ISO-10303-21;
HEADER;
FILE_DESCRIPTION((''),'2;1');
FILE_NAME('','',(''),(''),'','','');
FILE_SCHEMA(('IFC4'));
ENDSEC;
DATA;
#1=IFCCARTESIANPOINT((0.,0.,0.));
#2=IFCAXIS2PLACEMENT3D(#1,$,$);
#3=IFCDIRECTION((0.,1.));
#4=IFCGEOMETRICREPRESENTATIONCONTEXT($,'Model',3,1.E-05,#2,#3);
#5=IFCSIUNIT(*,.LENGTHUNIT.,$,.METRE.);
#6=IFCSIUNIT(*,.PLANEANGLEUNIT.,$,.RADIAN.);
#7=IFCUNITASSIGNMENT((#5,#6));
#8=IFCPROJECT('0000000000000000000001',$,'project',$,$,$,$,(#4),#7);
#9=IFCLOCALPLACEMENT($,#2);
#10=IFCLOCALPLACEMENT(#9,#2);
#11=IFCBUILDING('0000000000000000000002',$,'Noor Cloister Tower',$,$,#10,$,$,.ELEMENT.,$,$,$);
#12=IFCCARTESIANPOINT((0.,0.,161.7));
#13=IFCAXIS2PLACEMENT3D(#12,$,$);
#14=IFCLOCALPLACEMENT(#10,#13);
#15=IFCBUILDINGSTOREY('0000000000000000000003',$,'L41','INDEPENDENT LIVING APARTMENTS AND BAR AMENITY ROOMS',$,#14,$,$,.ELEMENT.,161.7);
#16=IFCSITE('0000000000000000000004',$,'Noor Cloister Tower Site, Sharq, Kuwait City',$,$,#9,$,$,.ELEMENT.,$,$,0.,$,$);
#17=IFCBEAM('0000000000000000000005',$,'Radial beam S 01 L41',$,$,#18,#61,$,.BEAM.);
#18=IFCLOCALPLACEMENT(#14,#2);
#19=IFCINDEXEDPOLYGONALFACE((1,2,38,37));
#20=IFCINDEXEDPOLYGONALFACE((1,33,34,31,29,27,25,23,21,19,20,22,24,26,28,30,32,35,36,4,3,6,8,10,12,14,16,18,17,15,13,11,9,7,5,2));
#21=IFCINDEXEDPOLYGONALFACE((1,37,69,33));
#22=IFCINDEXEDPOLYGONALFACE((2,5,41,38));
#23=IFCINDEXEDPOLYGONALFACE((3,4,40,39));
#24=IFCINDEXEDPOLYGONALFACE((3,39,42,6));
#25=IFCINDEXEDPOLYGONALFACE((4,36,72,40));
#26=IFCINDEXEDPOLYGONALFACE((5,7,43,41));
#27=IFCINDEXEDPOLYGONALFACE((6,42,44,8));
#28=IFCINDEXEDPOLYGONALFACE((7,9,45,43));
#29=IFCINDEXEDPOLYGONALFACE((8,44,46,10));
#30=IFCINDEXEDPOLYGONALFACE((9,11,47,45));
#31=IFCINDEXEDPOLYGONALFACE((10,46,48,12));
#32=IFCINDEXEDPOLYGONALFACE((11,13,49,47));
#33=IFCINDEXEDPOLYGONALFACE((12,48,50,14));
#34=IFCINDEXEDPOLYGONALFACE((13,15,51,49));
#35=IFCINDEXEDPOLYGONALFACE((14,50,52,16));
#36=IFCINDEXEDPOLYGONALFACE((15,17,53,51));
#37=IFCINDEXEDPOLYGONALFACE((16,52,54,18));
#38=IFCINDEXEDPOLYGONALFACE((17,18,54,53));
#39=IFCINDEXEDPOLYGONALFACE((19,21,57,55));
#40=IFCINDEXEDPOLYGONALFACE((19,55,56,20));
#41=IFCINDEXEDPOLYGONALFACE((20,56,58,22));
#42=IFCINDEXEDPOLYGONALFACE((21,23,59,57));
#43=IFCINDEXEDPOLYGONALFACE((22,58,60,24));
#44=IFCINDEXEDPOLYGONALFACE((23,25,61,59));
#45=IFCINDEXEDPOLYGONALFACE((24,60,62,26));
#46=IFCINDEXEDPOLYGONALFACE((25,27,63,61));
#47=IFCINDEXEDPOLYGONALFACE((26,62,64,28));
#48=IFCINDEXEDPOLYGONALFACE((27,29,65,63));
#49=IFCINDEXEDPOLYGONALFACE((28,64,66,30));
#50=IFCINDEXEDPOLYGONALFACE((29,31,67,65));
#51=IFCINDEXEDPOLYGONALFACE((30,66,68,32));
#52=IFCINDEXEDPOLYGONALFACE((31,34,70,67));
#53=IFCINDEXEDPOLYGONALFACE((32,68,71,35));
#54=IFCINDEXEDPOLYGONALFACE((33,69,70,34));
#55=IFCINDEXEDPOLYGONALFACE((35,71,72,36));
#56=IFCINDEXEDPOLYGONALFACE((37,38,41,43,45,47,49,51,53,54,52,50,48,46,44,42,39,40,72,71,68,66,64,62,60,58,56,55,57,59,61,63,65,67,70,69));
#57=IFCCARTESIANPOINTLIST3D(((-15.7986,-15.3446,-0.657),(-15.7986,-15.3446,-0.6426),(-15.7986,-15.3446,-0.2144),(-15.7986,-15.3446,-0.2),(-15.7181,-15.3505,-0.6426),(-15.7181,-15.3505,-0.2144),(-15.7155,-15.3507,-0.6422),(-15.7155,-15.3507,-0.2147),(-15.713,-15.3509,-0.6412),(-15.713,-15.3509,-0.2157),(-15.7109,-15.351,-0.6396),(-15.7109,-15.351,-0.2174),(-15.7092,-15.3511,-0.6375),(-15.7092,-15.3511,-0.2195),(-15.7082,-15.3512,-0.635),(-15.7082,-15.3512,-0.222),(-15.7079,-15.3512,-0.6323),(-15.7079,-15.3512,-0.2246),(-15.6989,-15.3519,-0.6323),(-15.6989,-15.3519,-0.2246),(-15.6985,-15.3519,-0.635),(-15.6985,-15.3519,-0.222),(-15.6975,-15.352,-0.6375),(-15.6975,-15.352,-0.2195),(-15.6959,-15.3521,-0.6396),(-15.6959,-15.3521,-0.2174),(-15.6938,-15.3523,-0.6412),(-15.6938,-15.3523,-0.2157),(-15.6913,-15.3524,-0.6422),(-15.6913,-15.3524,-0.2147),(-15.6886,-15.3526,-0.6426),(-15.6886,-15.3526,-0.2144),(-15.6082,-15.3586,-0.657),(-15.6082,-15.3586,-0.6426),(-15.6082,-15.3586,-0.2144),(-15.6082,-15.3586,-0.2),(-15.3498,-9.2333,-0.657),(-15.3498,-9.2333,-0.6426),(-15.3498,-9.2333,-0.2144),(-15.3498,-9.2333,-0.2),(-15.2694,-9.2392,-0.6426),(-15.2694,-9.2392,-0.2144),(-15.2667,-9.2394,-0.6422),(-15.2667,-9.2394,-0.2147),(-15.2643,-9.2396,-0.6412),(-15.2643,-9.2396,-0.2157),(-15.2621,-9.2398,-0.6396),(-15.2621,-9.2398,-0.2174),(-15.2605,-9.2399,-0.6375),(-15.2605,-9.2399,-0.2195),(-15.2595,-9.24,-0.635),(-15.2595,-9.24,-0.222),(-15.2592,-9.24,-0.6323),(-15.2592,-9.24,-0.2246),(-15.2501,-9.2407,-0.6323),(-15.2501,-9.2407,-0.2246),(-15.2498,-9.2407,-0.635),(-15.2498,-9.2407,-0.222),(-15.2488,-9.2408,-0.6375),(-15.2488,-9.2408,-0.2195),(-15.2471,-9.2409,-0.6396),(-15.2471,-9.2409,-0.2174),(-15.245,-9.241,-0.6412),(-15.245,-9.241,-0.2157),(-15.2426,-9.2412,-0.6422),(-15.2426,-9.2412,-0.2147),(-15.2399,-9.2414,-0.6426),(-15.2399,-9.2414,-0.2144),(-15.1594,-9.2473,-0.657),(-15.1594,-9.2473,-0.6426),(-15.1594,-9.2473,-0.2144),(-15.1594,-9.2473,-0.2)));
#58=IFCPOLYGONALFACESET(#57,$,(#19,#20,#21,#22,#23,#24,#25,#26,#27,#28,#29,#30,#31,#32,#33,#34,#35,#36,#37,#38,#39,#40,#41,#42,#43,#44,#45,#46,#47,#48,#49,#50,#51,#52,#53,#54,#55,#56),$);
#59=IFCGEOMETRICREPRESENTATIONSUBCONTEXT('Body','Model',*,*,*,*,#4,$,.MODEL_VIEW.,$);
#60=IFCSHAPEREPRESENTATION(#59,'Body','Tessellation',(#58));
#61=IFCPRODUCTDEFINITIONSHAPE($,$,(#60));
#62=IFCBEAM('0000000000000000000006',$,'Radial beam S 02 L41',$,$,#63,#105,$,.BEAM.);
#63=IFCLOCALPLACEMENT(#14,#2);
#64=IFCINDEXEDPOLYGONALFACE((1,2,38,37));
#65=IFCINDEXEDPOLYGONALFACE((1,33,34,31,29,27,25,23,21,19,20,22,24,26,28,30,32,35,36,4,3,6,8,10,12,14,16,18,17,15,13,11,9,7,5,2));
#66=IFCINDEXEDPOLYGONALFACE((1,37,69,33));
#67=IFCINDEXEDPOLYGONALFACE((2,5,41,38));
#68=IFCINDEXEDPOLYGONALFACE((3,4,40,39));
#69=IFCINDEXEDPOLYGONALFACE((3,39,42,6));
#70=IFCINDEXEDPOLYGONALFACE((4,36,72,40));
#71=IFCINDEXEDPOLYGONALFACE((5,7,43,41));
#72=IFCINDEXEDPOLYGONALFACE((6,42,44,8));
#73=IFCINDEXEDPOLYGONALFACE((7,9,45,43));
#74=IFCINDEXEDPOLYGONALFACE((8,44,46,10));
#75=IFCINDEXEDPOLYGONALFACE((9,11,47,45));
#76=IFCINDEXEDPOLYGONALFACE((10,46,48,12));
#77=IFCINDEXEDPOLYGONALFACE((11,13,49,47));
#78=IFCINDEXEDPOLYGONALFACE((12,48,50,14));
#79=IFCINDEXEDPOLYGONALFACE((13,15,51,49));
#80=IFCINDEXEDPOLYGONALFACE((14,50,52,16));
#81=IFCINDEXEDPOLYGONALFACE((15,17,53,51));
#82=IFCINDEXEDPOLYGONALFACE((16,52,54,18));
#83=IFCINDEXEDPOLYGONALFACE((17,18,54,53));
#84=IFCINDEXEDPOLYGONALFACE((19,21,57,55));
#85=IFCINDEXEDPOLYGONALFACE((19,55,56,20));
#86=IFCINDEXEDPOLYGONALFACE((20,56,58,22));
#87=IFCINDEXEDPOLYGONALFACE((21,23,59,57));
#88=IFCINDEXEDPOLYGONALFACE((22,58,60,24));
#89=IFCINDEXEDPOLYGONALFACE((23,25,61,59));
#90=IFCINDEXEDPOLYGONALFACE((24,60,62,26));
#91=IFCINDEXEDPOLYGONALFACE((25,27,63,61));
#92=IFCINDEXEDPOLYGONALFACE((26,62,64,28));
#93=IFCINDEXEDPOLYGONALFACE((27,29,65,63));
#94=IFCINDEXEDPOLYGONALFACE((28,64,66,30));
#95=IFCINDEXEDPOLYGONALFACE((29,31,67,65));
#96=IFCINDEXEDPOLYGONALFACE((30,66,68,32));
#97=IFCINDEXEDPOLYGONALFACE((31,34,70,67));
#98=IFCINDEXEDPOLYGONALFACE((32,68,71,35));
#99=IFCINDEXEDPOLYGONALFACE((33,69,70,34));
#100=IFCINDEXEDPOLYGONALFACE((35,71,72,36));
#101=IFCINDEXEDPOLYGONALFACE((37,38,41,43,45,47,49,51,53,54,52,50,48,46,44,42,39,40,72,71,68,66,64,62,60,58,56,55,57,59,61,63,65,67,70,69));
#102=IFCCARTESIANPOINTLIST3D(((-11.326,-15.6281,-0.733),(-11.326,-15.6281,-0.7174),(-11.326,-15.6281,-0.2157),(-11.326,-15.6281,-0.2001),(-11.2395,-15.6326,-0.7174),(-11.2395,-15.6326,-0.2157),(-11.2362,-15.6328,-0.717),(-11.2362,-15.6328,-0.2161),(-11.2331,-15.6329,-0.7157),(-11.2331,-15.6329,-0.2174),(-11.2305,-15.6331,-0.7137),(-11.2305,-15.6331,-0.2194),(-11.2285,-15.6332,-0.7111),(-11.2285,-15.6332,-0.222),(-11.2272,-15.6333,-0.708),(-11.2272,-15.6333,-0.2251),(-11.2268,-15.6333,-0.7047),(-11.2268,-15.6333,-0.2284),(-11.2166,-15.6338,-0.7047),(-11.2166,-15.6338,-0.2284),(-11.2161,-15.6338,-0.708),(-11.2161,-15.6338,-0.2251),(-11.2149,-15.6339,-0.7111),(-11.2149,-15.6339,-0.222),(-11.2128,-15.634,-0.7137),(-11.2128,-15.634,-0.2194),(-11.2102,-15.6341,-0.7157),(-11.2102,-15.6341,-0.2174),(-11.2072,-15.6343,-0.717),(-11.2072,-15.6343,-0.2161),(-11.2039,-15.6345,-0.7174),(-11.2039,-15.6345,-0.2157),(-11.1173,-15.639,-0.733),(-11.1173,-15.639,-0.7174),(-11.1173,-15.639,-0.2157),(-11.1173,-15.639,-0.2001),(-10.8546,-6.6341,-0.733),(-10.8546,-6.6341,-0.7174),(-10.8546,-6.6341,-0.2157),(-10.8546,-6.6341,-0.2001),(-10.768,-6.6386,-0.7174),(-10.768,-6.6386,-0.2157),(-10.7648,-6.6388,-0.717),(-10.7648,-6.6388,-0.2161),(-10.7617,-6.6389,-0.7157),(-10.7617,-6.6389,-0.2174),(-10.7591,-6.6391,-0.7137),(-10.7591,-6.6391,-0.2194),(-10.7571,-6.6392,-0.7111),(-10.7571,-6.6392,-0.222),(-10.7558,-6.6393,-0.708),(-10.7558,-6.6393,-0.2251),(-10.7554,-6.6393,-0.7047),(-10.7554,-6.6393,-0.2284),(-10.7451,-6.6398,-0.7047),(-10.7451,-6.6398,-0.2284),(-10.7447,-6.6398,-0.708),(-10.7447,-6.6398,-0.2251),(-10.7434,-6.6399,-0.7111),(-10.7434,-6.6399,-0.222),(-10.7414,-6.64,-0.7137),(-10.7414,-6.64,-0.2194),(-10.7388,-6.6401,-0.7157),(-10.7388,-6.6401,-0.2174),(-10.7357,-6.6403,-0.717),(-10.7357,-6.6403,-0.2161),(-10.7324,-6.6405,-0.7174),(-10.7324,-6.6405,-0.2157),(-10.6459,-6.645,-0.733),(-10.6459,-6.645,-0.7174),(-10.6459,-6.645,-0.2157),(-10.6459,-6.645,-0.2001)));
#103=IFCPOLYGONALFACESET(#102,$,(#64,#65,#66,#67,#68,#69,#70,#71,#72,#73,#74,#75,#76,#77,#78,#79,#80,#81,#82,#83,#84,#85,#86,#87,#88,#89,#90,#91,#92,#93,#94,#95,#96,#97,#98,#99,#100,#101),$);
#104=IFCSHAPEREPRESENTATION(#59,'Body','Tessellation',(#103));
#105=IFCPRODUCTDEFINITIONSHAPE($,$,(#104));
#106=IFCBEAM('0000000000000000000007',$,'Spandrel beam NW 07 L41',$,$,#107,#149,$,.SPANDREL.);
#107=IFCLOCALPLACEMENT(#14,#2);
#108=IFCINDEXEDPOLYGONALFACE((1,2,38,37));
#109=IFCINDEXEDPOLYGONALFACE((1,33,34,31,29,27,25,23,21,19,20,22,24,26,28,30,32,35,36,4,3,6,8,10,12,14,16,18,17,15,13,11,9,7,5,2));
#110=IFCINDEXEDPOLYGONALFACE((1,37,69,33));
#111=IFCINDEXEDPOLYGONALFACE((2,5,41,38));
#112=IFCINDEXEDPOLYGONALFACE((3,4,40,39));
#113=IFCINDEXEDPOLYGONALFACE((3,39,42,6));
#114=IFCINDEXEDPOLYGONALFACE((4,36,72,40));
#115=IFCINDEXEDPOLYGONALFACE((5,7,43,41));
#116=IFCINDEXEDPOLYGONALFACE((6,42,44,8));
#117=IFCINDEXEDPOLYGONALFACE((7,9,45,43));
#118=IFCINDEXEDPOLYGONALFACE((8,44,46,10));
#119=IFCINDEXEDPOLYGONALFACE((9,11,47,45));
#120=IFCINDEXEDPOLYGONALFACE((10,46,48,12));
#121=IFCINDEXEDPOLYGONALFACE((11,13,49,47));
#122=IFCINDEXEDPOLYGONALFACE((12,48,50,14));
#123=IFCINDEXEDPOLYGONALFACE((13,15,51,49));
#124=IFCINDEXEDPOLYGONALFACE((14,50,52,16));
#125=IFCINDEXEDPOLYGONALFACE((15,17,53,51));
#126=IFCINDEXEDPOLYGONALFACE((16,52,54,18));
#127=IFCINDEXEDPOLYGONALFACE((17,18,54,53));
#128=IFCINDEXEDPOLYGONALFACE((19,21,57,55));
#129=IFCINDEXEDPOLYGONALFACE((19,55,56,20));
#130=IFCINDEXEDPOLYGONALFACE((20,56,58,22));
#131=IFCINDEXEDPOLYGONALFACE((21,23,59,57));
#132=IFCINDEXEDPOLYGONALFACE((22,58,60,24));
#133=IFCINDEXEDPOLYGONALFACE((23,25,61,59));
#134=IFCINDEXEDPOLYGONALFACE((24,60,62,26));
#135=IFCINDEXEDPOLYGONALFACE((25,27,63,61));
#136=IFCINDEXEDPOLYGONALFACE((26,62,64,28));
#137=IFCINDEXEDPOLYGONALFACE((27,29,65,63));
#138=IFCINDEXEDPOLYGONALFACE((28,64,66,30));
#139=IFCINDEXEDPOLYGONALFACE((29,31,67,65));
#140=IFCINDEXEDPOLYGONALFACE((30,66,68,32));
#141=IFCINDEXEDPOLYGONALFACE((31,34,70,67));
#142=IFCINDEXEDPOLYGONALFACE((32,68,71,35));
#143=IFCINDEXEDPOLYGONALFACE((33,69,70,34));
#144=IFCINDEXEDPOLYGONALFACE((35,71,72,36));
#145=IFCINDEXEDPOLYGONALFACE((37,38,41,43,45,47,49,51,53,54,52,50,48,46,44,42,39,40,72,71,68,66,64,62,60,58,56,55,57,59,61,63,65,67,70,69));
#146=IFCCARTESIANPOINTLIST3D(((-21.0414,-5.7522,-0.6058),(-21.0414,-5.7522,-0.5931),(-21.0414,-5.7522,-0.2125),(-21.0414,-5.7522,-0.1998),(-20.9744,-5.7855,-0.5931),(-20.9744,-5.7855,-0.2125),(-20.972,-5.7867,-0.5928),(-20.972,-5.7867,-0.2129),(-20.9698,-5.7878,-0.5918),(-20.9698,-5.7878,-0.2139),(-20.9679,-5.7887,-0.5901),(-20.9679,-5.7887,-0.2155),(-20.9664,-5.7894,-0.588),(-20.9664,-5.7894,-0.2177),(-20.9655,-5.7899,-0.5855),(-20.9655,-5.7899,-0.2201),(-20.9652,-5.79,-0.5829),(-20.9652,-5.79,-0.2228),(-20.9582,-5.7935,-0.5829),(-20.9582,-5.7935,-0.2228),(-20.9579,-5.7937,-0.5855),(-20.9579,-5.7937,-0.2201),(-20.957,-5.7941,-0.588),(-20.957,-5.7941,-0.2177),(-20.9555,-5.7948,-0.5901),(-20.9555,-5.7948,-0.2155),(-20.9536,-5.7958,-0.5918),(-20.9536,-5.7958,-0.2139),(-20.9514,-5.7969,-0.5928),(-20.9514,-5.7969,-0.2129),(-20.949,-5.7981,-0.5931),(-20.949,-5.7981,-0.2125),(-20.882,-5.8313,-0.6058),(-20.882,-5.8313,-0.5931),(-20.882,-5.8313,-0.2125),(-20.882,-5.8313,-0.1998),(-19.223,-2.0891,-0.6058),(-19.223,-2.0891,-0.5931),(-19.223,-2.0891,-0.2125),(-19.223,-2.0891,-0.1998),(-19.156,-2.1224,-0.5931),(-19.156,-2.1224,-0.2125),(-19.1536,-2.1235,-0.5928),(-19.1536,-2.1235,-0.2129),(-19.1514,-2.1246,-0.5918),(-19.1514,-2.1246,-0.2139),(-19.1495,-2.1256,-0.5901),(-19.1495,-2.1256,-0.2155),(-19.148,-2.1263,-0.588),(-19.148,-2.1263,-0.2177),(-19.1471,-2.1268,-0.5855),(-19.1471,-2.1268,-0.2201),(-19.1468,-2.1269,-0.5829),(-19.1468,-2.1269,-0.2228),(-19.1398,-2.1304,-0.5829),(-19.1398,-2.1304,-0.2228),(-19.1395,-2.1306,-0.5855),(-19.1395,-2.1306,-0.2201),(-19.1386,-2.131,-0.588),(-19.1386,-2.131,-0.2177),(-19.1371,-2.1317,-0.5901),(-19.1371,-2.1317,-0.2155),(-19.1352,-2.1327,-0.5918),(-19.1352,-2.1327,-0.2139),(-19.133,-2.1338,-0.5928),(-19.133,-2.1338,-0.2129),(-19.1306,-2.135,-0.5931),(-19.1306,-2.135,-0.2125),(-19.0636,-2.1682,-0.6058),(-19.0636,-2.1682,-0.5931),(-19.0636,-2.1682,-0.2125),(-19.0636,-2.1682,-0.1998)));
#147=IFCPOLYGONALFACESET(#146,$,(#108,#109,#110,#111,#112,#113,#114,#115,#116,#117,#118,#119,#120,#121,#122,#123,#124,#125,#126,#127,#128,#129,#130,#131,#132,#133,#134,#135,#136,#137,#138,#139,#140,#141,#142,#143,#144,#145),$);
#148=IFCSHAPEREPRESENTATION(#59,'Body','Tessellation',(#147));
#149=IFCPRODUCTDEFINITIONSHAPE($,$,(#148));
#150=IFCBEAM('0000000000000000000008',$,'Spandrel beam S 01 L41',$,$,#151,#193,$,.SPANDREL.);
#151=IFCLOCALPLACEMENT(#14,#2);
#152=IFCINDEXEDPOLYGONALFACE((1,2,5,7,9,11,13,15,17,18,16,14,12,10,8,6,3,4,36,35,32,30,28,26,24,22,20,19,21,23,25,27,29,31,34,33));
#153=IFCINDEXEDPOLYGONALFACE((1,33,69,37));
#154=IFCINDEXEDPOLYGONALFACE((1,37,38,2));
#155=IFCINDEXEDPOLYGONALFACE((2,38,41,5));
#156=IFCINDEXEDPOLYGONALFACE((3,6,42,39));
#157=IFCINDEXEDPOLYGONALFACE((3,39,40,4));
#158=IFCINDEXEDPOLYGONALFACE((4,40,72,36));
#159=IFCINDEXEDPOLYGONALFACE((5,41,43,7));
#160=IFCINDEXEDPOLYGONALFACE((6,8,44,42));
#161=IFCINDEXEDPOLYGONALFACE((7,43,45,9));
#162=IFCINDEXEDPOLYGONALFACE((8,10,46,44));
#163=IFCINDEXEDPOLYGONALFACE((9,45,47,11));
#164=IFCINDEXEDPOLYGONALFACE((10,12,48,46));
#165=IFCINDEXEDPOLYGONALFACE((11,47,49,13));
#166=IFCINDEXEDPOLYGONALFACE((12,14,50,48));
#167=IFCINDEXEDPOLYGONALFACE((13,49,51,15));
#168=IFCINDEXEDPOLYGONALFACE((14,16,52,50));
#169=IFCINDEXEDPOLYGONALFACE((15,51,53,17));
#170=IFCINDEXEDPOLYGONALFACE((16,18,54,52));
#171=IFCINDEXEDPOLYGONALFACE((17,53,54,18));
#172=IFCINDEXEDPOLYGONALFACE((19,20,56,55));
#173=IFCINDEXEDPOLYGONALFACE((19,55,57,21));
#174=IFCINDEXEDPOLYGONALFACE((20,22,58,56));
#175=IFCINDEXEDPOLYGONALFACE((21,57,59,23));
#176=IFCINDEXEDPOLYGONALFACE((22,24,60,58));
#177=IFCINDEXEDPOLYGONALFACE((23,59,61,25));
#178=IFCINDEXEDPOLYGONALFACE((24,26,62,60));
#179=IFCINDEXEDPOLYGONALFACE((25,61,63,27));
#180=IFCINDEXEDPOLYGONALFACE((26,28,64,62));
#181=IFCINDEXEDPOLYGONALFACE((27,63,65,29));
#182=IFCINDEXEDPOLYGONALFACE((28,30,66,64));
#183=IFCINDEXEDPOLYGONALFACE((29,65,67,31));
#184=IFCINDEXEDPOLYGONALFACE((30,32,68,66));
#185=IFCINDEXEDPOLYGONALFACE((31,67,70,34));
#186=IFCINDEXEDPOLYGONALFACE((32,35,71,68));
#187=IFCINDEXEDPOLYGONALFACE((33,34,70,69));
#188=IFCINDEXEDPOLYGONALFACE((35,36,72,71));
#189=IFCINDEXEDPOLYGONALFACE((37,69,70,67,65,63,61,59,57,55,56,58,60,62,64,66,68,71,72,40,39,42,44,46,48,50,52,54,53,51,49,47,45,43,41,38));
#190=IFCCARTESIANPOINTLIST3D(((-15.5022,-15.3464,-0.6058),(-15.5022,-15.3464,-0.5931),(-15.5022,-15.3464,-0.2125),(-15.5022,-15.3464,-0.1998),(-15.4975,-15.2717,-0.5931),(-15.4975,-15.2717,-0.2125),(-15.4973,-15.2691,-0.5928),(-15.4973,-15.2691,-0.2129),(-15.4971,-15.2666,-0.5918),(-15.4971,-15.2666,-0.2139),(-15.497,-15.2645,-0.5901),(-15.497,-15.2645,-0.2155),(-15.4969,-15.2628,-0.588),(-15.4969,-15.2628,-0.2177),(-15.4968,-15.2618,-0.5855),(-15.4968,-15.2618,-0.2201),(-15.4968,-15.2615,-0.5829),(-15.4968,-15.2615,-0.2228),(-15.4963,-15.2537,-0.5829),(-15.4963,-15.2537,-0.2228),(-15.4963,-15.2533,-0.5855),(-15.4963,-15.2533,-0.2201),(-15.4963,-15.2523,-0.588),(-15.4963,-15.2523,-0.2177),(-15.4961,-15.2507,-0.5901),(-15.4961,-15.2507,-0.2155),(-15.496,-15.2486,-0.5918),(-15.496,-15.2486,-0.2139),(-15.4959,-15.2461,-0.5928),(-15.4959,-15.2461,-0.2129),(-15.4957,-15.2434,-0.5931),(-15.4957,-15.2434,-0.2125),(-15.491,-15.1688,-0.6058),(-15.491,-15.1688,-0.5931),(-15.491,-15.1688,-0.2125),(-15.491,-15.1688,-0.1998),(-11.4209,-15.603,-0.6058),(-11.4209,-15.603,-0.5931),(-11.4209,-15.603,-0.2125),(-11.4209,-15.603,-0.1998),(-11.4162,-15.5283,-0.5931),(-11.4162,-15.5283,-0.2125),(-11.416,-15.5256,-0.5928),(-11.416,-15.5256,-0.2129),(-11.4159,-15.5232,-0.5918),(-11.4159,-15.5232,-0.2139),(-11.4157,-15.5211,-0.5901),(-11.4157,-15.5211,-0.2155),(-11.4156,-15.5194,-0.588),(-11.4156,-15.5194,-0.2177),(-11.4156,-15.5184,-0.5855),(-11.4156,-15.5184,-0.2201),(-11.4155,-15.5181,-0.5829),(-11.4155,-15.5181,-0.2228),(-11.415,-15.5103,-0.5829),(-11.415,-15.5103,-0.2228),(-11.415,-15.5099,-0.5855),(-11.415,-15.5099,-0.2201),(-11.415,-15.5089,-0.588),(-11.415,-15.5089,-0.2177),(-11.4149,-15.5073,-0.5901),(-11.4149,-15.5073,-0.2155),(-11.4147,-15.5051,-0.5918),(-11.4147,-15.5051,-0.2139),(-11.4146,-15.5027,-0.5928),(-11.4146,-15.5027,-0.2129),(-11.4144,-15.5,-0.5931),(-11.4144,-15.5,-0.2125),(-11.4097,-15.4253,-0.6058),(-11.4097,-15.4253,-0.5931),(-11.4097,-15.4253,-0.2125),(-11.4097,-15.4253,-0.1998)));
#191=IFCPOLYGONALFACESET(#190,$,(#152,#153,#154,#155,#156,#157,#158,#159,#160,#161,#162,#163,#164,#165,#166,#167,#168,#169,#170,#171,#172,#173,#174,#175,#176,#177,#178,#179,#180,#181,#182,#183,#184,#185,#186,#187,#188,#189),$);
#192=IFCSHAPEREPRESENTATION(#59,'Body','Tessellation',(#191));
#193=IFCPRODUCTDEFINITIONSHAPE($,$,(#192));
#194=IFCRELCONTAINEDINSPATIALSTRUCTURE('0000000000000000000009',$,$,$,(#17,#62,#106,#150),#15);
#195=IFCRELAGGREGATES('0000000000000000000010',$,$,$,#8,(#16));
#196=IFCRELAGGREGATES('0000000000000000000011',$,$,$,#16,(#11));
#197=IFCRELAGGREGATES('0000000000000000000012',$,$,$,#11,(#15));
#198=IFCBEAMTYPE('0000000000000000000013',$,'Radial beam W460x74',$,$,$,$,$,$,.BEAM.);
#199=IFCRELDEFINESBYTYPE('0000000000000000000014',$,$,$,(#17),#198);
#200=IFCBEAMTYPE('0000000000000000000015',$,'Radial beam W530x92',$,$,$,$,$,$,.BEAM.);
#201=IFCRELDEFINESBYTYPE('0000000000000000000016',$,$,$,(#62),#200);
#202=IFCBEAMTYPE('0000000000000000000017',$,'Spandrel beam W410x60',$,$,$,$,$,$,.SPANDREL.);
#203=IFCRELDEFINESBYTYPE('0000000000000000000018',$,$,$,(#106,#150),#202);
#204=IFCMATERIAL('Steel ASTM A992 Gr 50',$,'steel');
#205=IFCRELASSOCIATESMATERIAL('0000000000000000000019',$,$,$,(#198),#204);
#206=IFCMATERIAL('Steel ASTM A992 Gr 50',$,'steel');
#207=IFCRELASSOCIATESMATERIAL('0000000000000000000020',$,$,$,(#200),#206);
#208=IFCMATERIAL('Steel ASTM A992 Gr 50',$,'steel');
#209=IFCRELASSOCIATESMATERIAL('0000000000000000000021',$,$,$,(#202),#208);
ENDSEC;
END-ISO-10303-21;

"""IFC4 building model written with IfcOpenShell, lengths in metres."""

from ifc_helpers import new_model, si_unit, direction, frame, origin, origin_2d, place, context, subcontext, project, spatial, i_section, extrude, material, material_profile, profile_set, type_object, element, save


model = new_model("IFC4")

# Units and contexts
model_context = context("Model", 3, precision=1e-05, world=origin(), true_north=direction((0.0, 1.0)))
body_context = subcontext(model_context, "Body", "Model", "MODEL_VIEW")
ifc_project = project(units=[si_unit("LENGTHUNIT", "METRE"), si_unit("PLANEANGLEUNIT", "RADIAN")], contexts=[model_context])

# Site, building, storey
site_placement = place(None, origin())
site = spatial("IfcSite", under=ifc_project, at=site_placement, Name="Noor Cloister Tower Site, Sharq, Kuwait City", CompositionType="ELEMENT", RefElevation=0.0)
building_placement = place(site_placement, origin())
building = spatial("IfcBuilding", under=site, at=building_placement, Name="Noor Cloister Tower", CompositionType="ELEMENT")
storey_placement = place(building_placement, frame((0.0, 0.0, 161.7)))
storey = spatial("IfcBuildingStorey", under=building, at=storey_placement, Name="L41", Description="INDEPENDENT LIVING APARTMENTS AND BAR AMENITY ROOMS", CompositionType="ELEMENT", Elevation=161.7)

# Beams
ifc_material_1 = material(Name="Steel ASTM A992 Gr 50", Category="steel")
ifc_material_profile_1 = material_profile(ifc_material_1, i_section(OverallWidth=0.1909, OverallDepth=0.457, WebThickness=0.009, FlangeThickness=0.0144, FilletRadius=0.0103, at=origin_2d()), Name="W460x74")
ifc_profile_set_1 = profile_set([ifc_material_profile_1], Name="Steel ASTM A992 Gr 50")
beam_type_1 = type_object("IfcBeamType", Name="Radial beam W460x74", PredefinedType="BEAM", material=ifc_profile_set_1)
beam_1_placement = place(storey_placement, frame((-15.7034, -15.3516, -0.4285), z_axis=(0.073229, 0.997315, 0.0), x_axis=(-0.997315, 0.073229, 0.0)))
element("IfcBeam", 1, at=beam_1_placement, inside=storey, type_object=beam_type_1, Name="Radial beam S 01 L41", PredefinedType="BEAM", context=body_context, shape_type="SweptSolid", body=[
    extrude(i_section(OverallWidth=0.1909, OverallDepth=0.457, WebThickness=0.009, FlangeThickness=0.0144, FilletRadius=0.0103, at=origin_2d()), origin(), (0.0, 0.0, 1.0), 6.1277),
])
ifc_material_2 = material(Name="Steel ASTM A992 Gr 50", Category="steel")
ifc_material_profile_2 = material_profile(ifc_material_2, i_section(OverallWidth=0.209, OverallDepth=0.533, WebThickness=0.0103, FlangeThickness=0.0156, FilletRadius=0.0127, at=origin_2d()), Name="W530x92")
ifc_profile_set_2 = profile_set([ifc_material_profile_2], Name="Steel ASTM A992 Gr 50")
beam_type_2 = type_object("IfcBeamType", Name="Radial beam W530x92", PredefinedType="BEAM", material=ifc_profile_set_2)
beam_2_placement = place(storey_placement, frame((-11.2217, -15.6335, -0.4666), z_axis=(0.052345, 0.998629, 0.0), x_axis=(-0.998629, 0.052345, 0.0)))
element("IfcBeam", 2, at=beam_2_placement, inside=storey, type_object=beam_type_2, Name="Radial beam S 02 L41", PredefinedType="BEAM", context=body_context, shape_type="SweptSolid", body=[
    extrude(i_section(OverallWidth=0.209, OverallDepth=0.533, WebThickness=0.0103, FlangeThickness=0.0156, FilletRadius=0.0127, at=origin_2d()), origin(), (0.0, 0.0, 1.0), 9.0063),
])
ifc_material_3 = material(Name="Steel ASTM A992 Gr 50", Category="steel")
ifc_material_profile_3 = material_profile(ifc_material_3, i_section(OverallWidth=0.178, OverallDepth=0.406, WebThickness=0.0078, FlangeThickness=0.0127, FilletRadius=0.0103, at=origin_2d()), Name="W410x60")
ifc_profile_set_3 = profile_set([ifc_material_profile_3], Name="Steel ASTM A992 Gr 50")
beam_type_3 = type_object("IfcBeamType", Name="Spandrel beam W410x60", PredefinedType="SPANDREL", material=ifc_profile_set_3)
beam_3_placement = place(storey_placement, frame((-19.1433, -2.1287, -0.4028), z_axis=(-0.444633, -0.895713, 0.0), x_axis=(0.895713, -0.444633, 0.0)))
element("IfcBeam", 3, at=beam_3_placement, inside=storey, type_object=beam_type_3, Name="Spandrel beam NW 07 L41", PredefinedType="SPANDREL", context=body_context, shape_type="SweptSolid", body=[
    extrude(i_section(OverallWidth=0.178, OverallDepth=0.406, WebThickness=0.0078, FlangeThickness=0.0127, FilletRadius=0.0103, at=origin_2d()), origin(), (0.0, 0.0, 1.0), 4.0896),
])
beam_4_placement = place(storey_placement, frame((-15.4966, -15.2576, -0.4028), z_axis=(0.99803, -0.062746, 0.0), x_axis=(0.062746, 0.99803, 0.0)))
element("IfcBeam", 4, at=beam_4_placement, inside=storey, type_object=beam_type_3, Name="Spandrel beam S 01 L41", PredefinedType="SPANDREL", context=body_context, shape_type="SweptSolid", body=[
    extrude(i_section(OverallWidth=0.178, OverallDepth=0.406, WebThickness=0.0078, FlangeThickness=0.0127, FilletRadius=0.0103, at=origin_2d()), origin(), (0.0, 0.0, 1.0), 4.0894),
])

save(model, "model.ifc")
